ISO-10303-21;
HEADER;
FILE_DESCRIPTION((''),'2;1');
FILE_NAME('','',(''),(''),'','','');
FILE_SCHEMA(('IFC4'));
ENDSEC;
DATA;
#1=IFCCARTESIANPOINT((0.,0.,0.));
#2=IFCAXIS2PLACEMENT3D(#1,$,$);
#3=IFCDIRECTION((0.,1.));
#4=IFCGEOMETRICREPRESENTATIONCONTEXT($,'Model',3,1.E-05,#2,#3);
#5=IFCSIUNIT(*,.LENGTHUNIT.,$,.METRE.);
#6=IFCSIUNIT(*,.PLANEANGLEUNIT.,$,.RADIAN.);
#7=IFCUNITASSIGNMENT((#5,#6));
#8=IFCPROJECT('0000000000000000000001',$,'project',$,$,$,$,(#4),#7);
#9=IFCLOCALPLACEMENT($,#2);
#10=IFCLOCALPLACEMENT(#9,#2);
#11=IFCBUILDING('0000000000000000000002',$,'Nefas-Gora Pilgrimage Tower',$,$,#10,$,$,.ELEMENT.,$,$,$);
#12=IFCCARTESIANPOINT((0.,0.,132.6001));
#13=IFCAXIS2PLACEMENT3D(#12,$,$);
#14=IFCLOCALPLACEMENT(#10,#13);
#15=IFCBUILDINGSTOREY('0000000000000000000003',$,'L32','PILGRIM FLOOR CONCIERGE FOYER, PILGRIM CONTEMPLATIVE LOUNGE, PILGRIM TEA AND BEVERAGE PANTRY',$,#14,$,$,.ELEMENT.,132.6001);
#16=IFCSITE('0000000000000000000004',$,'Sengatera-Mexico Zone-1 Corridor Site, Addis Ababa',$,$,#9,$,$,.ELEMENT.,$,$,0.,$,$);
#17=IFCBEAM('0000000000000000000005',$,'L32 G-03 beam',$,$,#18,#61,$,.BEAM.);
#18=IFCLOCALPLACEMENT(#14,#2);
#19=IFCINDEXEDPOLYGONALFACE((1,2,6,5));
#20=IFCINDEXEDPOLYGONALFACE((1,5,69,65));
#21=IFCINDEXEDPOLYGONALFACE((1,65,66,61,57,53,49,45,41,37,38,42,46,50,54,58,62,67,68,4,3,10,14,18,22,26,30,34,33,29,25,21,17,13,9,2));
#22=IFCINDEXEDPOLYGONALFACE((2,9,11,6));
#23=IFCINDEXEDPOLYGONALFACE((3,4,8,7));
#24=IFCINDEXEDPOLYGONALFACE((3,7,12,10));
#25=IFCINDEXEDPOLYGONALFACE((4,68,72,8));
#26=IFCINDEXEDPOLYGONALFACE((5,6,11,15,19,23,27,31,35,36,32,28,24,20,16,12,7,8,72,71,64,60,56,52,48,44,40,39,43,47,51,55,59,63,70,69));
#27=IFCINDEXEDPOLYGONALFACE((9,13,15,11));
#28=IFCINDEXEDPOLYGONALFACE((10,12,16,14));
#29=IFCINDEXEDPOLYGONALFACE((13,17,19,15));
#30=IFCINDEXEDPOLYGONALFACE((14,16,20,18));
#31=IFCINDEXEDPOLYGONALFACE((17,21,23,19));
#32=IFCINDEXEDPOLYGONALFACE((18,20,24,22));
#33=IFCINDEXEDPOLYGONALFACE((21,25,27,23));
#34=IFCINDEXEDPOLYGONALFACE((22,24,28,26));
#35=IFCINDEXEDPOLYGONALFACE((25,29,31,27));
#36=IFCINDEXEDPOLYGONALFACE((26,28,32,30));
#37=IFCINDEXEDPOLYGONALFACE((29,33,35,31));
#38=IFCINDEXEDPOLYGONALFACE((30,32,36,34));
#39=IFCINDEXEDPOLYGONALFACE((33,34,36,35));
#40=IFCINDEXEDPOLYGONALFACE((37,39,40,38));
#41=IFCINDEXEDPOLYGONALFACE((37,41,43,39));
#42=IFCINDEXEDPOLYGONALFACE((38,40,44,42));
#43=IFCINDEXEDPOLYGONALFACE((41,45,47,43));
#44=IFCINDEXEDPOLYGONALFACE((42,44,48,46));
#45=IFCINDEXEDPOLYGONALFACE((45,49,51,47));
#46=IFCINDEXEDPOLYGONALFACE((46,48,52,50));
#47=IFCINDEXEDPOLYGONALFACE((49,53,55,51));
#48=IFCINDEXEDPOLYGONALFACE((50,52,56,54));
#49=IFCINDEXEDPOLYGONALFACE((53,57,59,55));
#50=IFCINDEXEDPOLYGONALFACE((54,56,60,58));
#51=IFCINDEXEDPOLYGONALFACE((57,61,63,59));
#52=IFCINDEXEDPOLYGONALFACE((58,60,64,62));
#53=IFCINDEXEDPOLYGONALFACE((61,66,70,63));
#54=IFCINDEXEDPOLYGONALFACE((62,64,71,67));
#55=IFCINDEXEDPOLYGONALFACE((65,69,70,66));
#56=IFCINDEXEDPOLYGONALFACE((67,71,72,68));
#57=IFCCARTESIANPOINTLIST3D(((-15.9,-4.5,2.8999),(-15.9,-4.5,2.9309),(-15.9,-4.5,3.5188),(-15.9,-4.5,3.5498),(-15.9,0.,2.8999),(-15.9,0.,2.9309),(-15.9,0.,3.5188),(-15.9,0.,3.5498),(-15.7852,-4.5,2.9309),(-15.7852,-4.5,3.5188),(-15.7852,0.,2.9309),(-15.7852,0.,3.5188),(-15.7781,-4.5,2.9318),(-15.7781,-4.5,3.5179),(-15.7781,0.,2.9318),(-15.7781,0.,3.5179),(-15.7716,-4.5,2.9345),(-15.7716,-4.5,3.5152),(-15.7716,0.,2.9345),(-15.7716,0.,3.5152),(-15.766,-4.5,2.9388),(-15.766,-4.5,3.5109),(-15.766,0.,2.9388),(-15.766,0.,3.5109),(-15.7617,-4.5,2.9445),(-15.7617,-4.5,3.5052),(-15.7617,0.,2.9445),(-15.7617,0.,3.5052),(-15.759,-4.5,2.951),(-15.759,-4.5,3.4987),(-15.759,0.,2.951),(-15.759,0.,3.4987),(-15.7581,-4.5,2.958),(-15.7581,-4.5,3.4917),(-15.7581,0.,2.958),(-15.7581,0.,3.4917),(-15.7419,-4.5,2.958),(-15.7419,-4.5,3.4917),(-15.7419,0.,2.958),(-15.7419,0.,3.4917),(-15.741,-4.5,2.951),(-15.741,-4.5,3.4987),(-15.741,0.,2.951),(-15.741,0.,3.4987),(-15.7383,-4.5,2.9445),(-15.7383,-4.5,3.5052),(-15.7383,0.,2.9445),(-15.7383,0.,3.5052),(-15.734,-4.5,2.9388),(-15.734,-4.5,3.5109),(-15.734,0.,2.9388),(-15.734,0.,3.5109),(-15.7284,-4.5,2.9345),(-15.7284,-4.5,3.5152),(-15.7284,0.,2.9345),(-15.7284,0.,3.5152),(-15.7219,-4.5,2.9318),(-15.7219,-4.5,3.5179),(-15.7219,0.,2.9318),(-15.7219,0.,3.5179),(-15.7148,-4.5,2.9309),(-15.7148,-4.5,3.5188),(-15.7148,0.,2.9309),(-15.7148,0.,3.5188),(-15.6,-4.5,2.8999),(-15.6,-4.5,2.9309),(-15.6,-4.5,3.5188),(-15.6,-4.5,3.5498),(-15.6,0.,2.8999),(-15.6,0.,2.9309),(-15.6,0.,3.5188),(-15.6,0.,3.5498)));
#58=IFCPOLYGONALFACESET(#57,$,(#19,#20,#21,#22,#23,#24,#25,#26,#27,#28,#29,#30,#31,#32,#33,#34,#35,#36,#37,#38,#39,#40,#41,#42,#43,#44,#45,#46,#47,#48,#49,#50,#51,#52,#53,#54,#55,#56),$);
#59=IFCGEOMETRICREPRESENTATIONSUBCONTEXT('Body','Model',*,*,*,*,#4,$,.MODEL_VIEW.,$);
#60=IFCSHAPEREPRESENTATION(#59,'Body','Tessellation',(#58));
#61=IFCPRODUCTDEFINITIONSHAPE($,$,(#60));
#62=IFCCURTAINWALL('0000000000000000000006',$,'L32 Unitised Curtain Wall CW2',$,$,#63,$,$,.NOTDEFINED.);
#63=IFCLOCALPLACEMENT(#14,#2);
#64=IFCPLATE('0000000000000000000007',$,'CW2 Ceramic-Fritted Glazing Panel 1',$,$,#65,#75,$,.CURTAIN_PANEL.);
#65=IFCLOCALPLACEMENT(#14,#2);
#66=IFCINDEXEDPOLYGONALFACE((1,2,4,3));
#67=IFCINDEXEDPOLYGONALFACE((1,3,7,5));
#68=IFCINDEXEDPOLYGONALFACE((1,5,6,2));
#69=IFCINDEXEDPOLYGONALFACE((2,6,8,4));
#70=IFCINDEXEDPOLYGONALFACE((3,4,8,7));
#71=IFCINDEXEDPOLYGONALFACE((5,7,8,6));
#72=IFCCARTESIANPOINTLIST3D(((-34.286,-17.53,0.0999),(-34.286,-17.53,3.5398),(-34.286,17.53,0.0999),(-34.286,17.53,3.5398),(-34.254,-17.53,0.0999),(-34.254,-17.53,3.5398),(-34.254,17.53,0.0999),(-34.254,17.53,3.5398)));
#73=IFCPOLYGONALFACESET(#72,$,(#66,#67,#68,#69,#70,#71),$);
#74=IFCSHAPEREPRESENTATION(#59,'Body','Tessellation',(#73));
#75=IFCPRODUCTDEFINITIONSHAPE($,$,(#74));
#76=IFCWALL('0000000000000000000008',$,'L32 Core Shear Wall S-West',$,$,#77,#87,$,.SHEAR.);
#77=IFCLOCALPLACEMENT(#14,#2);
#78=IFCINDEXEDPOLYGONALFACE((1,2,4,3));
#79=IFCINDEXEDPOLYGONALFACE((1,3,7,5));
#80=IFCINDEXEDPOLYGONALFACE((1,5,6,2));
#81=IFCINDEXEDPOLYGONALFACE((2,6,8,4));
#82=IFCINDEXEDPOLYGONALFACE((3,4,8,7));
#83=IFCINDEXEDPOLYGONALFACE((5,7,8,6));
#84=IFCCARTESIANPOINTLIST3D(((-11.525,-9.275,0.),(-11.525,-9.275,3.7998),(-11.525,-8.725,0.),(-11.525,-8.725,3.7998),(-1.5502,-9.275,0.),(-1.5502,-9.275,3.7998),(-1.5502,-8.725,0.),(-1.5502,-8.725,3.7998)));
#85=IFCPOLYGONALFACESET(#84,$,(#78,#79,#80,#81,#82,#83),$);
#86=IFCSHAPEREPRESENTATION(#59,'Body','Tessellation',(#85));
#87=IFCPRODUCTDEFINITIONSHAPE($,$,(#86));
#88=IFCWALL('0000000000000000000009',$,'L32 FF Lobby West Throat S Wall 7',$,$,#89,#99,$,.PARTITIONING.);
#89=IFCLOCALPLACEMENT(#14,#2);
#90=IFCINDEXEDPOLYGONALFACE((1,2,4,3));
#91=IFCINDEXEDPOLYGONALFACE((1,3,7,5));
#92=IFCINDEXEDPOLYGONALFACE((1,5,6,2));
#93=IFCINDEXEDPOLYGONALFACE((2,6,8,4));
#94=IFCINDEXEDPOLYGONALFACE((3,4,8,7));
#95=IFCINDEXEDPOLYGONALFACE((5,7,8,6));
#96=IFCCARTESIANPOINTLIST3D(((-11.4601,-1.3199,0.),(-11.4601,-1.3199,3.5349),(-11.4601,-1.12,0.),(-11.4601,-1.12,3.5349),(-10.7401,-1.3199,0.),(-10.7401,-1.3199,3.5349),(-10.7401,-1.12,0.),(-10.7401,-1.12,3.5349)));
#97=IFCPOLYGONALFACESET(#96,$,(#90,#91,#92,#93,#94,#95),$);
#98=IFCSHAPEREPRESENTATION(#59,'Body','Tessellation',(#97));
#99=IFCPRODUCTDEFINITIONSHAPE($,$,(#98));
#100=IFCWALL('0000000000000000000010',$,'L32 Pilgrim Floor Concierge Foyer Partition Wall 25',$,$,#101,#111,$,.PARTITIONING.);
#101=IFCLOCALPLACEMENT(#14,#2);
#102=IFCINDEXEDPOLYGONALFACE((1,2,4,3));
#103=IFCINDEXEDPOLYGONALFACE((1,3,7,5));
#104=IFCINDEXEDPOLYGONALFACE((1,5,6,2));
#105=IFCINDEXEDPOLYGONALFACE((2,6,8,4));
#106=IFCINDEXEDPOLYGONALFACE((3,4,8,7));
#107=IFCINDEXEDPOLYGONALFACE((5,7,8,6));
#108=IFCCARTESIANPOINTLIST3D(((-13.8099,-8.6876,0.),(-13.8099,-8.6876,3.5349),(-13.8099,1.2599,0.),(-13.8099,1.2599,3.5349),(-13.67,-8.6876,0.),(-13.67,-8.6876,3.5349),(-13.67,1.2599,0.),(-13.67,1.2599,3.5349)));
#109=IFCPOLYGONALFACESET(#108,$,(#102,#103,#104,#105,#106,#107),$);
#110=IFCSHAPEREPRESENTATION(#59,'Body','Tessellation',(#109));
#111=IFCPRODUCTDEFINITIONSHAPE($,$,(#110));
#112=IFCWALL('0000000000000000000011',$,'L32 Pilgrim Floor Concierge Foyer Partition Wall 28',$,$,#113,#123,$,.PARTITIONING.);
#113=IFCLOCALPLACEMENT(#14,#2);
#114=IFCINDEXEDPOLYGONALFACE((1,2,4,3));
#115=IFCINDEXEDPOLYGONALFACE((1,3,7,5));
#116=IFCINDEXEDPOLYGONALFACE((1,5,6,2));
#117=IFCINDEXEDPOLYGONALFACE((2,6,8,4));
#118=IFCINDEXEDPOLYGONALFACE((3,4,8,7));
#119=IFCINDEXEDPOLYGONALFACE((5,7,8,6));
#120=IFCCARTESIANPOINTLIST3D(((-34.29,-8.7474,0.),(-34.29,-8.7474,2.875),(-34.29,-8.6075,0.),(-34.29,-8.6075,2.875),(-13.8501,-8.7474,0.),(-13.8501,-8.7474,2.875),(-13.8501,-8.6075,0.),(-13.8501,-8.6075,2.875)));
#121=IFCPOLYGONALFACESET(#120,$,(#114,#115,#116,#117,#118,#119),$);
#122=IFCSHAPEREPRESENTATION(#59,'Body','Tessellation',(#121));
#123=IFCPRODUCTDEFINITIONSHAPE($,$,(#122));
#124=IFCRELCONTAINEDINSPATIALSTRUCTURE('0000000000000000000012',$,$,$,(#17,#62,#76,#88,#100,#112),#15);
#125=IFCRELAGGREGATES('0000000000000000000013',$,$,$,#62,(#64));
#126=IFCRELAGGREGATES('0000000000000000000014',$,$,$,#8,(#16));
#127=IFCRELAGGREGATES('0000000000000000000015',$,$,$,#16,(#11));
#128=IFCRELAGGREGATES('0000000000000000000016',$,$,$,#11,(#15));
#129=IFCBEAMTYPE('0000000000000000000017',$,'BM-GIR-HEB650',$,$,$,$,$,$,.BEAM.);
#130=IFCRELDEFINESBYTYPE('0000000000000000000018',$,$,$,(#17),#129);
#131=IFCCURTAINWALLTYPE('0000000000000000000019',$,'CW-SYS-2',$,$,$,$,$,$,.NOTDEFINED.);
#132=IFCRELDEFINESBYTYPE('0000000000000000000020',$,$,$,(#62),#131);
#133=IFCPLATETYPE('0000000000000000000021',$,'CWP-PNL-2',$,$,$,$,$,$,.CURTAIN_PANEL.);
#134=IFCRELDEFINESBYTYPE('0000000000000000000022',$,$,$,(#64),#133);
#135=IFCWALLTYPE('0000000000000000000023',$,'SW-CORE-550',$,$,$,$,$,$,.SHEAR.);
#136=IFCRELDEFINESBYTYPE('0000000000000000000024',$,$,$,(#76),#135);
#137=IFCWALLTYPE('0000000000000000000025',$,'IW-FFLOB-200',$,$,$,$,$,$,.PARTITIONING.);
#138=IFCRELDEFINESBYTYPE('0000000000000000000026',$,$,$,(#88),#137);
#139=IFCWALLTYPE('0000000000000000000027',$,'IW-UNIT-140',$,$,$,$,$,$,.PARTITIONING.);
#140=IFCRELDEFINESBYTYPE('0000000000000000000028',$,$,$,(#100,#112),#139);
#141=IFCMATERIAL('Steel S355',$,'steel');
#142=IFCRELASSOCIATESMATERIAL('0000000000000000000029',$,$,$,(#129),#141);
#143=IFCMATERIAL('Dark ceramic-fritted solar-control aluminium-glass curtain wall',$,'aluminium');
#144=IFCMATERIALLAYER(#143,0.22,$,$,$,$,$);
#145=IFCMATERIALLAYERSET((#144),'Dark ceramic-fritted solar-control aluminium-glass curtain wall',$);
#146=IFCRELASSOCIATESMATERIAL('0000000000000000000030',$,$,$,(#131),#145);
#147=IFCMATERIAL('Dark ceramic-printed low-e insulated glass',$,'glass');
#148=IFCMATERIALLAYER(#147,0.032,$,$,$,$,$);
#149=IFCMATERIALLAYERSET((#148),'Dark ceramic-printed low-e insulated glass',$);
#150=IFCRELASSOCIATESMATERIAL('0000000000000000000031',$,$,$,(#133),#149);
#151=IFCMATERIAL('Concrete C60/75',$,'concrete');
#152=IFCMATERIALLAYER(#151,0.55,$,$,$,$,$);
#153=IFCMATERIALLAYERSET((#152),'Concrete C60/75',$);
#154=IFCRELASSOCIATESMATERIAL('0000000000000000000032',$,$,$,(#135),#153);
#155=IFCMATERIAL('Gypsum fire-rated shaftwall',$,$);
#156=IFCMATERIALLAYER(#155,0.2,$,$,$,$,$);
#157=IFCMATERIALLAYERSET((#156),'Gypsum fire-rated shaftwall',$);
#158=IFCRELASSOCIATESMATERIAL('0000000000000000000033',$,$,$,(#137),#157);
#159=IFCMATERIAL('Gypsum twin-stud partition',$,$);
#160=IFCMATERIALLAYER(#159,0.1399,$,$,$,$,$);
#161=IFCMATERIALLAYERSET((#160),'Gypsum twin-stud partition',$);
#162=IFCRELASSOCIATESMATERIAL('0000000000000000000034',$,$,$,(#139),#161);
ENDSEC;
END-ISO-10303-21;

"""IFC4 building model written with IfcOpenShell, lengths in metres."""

from ifc_helpers import new_model, si_unit, direction, frame, frame_2d, origin, origin_2d, place, context, subcontext, project, spatial, rectangle, i_section, extrude, source, transform, mapped, material, layer, layer_set, material_profile, profile_set, type_object, element, aggregate, save


model = new_model("IFC4")

# Units and contexts
model_context = context("Model", 3, precision=1e-05, world=origin(), true_north=direction((0.0, 1.0)))
body_context = subcontext(model_context, "Body", "Model", "MODEL_VIEW")
ifc_project = project(units=[si_unit("LENGTHUNIT", "METRE"), si_unit("PLANEANGLEUNIT", "RADIAN")], contexts=[model_context])

# Site, building, storey
site_placement = place(None, origin())
site = spatial("IfcSite", under=ifc_project, at=site_placement, Name="Sengatera-Mexico Zone-1 Corridor Site, Addis Ababa", CompositionType="ELEMENT", RefElevation=0.0)
building_placement = place(site_placement, origin())
building = spatial("IfcBuilding", under=site, at=building_placement, Name="Nefas-Gora Pilgrimage Tower", CompositionType="ELEMENT")
storey_placement = place(building_placement, frame((0.0, 0.0, 132.6001)))
storey = spatial("IfcBuildingStorey", under=building, at=storey_placement, Name="L32", Description="PILGRIM FLOOR CONCIERGE FOYER, PILGRIM CONTEMPLATIVE LOUNGE, PILGRIM TEA AND BEVERAGE PANTRY", CompositionType="ELEMENT", Elevation=132.6001)

# Beam
ifc_material_1 = material(Name="Steel S355", Category="steel")
ifc_material_profile_1 = material_profile(ifc_material_1, i_section(OverallWidth=0.3, OverallDepth=0.6499, WebThickness=0.0161, FlangeThickness=0.031, FilletRadius=0.0271, at=origin_2d()), Name="HEB 650")
ifc_profile_set_1 = profile_set([ifc_material_profile_1], Name="Steel S355")
beam_type_1 = type_object("IfcBeamType", Name="BM-GIR-HEB650", PredefinedType="BEAM", material=ifc_profile_set_1)
shared_shape_1 = source(origin(), body_context, "Body", "SweptSolid", [
    extrude(i_section(OverallWidth=0.3, OverallDepth=0.6499, WebThickness=0.0161, FlangeThickness=0.031, FilletRadius=0.0271, at=origin_2d()), origin(), (0.0, 0.0, 1.0), 4.5),
])
for number, where, z_axis, x_axis, name in (
    (1, (-15.75, -4.5, 3.2249), (0.0, 1.0, 0.0), (-1.0, 0.0, 0.0), "L32 G-03 beam"),
):
    element("IfcBeam", number, at=place(storey_placement, frame(where, z_axis=z_axis, x_axis=x_axis)), inside=storey, type_object=beam_type_1, Name=name, PredefinedType="BEAM", context=body_context, shape_type="MappedRepresentation", body=[
        mapped(shared_shape_1, transform((0.0, 0.0, 0.0), x_axis=(1.0, 0.0, 0.0), y_axis=(0.0, 1.0, 0.0), z_axis=(0.0, 0.0, 1.0), scale=1.0)),
    ])

# Curtain wall, plate
ifc_material_2 = material(Name="Dark ceramic-fritted solar-control aluminium-glass curtain wall", Category="aluminium")
ifc_layer_1 = layer(ifc_material_2, 0.22)
ifc_layer_set_1 = layer_set([ifc_layer_1], Name="Dark ceramic-fritted solar-control aluminium-glass curtain wall")
curtain_wall_type = type_object("IfcCurtainWallType", Name="CW-SYS-2", PredefinedType="NOTDEFINED", material=ifc_layer_set_1)
curtain_wall_placement = place(storey_placement, origin())
curtain_wall = element("IfcCurtainWall", 2, at=curtain_wall_placement, inside=storey, type_object=curtain_wall_type, Name="L32 Unitised Curtain Wall CW2", PredefinedType="NOTDEFINED")
ifc_material_3 = material(Name="Dark ceramic-printed low-e insulated glass", Category="glass")
ifc_layer_2 = layer(ifc_material_3, 0.032)
ifc_layer_set_2 = layer_set([ifc_layer_2], Name="Dark ceramic-printed low-e insulated glass")
plate_type = type_object("IfcPlateType", Name="CWP-PNL-2", PredefinedType="CURTAIN_PANEL", material=ifc_layer_set_2)
shared_shape_2 = source(origin(), body_context, "Body", "SweptSolid", [
    extrude(rectangle(XDim=35.0601, YDim=0.032, at=origin_2d()), origin(), (0.0, 0.0, 1.0), 3.4399),
])
plate_placement = place(storey_placement, frame((-34.27, 0.0, 0.0999), z_axis=(0.0, 0.0, 1.0), x_axis=(0.0, -1.0, 0.0)))
plate = element("IfcPlate", 3, at=plate_placement, type_object=plate_type, Name="CW2 Ceramic-Fritted Glazing Panel 1", PredefinedType="CURTAIN_PANEL", context=body_context, shape_type="MappedRepresentation", body=[
    mapped(shared_shape_2, transform((0.0, 0.0, 0.0), x_axis=(1.0, 0.0, 0.0), y_axis=(0.0, 1.0, 0.0), z_axis=(0.0, 0.0, 1.0), scale=1.0)),
])
aggregate(curtain_wall, [plate])

# Walls
ifc_material_4 = material(Name="Concrete C60/75", Category="concrete")
ifc_layer_3 = layer(ifc_material_4, 0.55)
ifc_layer_set_3 = layer_set([ifc_layer_3], Name="Concrete C60/75")
wall_type_1 = type_object("IfcWallType", Name="SW-CORE-550", PredefinedType="SHEAR", material=ifc_layer_set_3)
shared_shape_3 = source(origin(), body_context, "Body", "SweptSolid", [
    extrude(rectangle(XDim=9.9749, YDim=0.55, at=frame_2d((4.9873, 0.0))), origin(), (0.0, 0.0, 1.0), 3.7998),
])
wall_1_placement = place(storey_placement, frame((-11.5249, -9.0, 0.0), z_axis=(0.0, 0.0, 1.0), x_axis=(1.0, 0.0, 0.0)))
element("IfcWall", 4, at=wall_1_placement, inside=storey, type_object=wall_type_1, Name="L32 Core Shear Wall S-West", PredefinedType="SHEAR", context=body_context, shape_type="MappedRepresentation", body=[
    mapped(shared_shape_3, transform((0.0, 0.0, 0.0), x_axis=(1.0, 0.0, 0.0), y_axis=(0.0, 1.0, 0.0), z_axis=(0.0, 0.0, 1.0), scale=1.0)),
])
ifc_material_5 = material(Name="Gypsum fire-rated shaftwall")
ifc_layer_4 = layer(ifc_material_5, 0.2)
ifc_layer_set_4 = layer_set([ifc_layer_4], Name="Gypsum fire-rated shaftwall")
wall_type_2 = type_object("IfcWallType", Name="IW-FFLOB-200", PredefinedType="PARTITIONING", material=ifc_layer_set_4)
shared_shape_4 = source(origin(), body_context, "Body", "SweptSolid", [
    extrude(rectangle(XDim=0.72, YDim=0.2, at=frame_2d((0.3599, 0.0))), origin(), (0.0, 0.0, 1.0), 3.5349),
])
wall_2_placement = place(storey_placement, frame((-11.46, -1.22, 0.0), z_axis=(0.0, 0.0, 1.0), x_axis=(1.0, 0.0, 0.0)))
element("IfcWall", 5, at=wall_2_placement, inside=storey, type_object=wall_type_2, Name="L32 FF Lobby West Throat S Wall 7", PredefinedType="PARTITIONING", context=body_context, shape_type="MappedRepresentation", body=[
    mapped(shared_shape_4, transform((0.0, 0.0, 0.0), x_axis=(1.0, 0.0, 0.0), y_axis=(0.0, 1.0, 0.0), z_axis=(0.0, 0.0, 1.0), scale=1.0)),
])

# Walls
ifc_material_6 = material(Name="Gypsum twin-stud partition")
ifc_layer_5 = layer(ifc_material_6, 0.1399)
ifc_layer_set_5 = layer_set([ifc_layer_5], Name="Gypsum twin-stud partition")
wall_type_3 = type_object("IfcWallType", Name="IW-UNIT-140", PredefinedType="PARTITIONING", material=ifc_layer_set_5)
shared_shape_5 = source(origin(), body_context, "Body", "SweptSolid", [
    extrude(rectangle(XDim=9.9475, YDim=0.1399, at=frame_2d((4.9736, 0.0))), origin(), (0.0, 0.0, 1.0), 3.5349),
])
wall_3_placement = place(storey_placement, frame((-13.74, -8.6875, 0.0), z_axis=(0.0, 0.0, 1.0), x_axis=(0.0, 1.0, 0.0)))
element("IfcWall", 6, at=wall_3_placement, inside=storey, type_object=wall_type_3, Name="L32 Pilgrim Floor Concierge Foyer Partition Wall 25", PredefinedType="PARTITIONING", context=body_context, shape_type="MappedRepresentation", body=[
    mapped(shared_shape_5, transform((0.0, 0.0, 0.0), x_axis=(1.0, 0.0, 0.0), y_axis=(0.0, 1.0, 0.0), z_axis=(0.0, 0.0, 1.0), scale=1.0)),
])
shared_shape_6 = source(origin(), body_context, "Body", "SweptSolid", [
    extrude(rectangle(XDim=20.4399, YDim=0.1399, at=frame_2d((10.22, 0.0))), origin(), (0.0, 0.0, 1.0), 2.875),
])
wall_4_placement = place(storey_placement, frame((-34.29, -8.6775, 0.0), z_axis=(0.0, 0.0, 1.0), x_axis=(1.0, 0.0, 0.0)))
element("IfcWall", 7, at=wall_4_placement, inside=storey, type_object=wall_type_3, Name="L32 Pilgrim Floor Concierge Foyer Partition Wall 28", PredefinedType="PARTITIONING", context=body_context, shape_type="MappedRepresentation", body=[
    mapped(shared_shape_6, transform((0.0, 0.0, 0.0), x_axis=(1.0, 0.0, 0.0), y_axis=(0.0, 1.0, 0.0), z_axis=(0.0, 0.0, 1.0), scale=1.0)),
])

save(model, "model.ifc")
